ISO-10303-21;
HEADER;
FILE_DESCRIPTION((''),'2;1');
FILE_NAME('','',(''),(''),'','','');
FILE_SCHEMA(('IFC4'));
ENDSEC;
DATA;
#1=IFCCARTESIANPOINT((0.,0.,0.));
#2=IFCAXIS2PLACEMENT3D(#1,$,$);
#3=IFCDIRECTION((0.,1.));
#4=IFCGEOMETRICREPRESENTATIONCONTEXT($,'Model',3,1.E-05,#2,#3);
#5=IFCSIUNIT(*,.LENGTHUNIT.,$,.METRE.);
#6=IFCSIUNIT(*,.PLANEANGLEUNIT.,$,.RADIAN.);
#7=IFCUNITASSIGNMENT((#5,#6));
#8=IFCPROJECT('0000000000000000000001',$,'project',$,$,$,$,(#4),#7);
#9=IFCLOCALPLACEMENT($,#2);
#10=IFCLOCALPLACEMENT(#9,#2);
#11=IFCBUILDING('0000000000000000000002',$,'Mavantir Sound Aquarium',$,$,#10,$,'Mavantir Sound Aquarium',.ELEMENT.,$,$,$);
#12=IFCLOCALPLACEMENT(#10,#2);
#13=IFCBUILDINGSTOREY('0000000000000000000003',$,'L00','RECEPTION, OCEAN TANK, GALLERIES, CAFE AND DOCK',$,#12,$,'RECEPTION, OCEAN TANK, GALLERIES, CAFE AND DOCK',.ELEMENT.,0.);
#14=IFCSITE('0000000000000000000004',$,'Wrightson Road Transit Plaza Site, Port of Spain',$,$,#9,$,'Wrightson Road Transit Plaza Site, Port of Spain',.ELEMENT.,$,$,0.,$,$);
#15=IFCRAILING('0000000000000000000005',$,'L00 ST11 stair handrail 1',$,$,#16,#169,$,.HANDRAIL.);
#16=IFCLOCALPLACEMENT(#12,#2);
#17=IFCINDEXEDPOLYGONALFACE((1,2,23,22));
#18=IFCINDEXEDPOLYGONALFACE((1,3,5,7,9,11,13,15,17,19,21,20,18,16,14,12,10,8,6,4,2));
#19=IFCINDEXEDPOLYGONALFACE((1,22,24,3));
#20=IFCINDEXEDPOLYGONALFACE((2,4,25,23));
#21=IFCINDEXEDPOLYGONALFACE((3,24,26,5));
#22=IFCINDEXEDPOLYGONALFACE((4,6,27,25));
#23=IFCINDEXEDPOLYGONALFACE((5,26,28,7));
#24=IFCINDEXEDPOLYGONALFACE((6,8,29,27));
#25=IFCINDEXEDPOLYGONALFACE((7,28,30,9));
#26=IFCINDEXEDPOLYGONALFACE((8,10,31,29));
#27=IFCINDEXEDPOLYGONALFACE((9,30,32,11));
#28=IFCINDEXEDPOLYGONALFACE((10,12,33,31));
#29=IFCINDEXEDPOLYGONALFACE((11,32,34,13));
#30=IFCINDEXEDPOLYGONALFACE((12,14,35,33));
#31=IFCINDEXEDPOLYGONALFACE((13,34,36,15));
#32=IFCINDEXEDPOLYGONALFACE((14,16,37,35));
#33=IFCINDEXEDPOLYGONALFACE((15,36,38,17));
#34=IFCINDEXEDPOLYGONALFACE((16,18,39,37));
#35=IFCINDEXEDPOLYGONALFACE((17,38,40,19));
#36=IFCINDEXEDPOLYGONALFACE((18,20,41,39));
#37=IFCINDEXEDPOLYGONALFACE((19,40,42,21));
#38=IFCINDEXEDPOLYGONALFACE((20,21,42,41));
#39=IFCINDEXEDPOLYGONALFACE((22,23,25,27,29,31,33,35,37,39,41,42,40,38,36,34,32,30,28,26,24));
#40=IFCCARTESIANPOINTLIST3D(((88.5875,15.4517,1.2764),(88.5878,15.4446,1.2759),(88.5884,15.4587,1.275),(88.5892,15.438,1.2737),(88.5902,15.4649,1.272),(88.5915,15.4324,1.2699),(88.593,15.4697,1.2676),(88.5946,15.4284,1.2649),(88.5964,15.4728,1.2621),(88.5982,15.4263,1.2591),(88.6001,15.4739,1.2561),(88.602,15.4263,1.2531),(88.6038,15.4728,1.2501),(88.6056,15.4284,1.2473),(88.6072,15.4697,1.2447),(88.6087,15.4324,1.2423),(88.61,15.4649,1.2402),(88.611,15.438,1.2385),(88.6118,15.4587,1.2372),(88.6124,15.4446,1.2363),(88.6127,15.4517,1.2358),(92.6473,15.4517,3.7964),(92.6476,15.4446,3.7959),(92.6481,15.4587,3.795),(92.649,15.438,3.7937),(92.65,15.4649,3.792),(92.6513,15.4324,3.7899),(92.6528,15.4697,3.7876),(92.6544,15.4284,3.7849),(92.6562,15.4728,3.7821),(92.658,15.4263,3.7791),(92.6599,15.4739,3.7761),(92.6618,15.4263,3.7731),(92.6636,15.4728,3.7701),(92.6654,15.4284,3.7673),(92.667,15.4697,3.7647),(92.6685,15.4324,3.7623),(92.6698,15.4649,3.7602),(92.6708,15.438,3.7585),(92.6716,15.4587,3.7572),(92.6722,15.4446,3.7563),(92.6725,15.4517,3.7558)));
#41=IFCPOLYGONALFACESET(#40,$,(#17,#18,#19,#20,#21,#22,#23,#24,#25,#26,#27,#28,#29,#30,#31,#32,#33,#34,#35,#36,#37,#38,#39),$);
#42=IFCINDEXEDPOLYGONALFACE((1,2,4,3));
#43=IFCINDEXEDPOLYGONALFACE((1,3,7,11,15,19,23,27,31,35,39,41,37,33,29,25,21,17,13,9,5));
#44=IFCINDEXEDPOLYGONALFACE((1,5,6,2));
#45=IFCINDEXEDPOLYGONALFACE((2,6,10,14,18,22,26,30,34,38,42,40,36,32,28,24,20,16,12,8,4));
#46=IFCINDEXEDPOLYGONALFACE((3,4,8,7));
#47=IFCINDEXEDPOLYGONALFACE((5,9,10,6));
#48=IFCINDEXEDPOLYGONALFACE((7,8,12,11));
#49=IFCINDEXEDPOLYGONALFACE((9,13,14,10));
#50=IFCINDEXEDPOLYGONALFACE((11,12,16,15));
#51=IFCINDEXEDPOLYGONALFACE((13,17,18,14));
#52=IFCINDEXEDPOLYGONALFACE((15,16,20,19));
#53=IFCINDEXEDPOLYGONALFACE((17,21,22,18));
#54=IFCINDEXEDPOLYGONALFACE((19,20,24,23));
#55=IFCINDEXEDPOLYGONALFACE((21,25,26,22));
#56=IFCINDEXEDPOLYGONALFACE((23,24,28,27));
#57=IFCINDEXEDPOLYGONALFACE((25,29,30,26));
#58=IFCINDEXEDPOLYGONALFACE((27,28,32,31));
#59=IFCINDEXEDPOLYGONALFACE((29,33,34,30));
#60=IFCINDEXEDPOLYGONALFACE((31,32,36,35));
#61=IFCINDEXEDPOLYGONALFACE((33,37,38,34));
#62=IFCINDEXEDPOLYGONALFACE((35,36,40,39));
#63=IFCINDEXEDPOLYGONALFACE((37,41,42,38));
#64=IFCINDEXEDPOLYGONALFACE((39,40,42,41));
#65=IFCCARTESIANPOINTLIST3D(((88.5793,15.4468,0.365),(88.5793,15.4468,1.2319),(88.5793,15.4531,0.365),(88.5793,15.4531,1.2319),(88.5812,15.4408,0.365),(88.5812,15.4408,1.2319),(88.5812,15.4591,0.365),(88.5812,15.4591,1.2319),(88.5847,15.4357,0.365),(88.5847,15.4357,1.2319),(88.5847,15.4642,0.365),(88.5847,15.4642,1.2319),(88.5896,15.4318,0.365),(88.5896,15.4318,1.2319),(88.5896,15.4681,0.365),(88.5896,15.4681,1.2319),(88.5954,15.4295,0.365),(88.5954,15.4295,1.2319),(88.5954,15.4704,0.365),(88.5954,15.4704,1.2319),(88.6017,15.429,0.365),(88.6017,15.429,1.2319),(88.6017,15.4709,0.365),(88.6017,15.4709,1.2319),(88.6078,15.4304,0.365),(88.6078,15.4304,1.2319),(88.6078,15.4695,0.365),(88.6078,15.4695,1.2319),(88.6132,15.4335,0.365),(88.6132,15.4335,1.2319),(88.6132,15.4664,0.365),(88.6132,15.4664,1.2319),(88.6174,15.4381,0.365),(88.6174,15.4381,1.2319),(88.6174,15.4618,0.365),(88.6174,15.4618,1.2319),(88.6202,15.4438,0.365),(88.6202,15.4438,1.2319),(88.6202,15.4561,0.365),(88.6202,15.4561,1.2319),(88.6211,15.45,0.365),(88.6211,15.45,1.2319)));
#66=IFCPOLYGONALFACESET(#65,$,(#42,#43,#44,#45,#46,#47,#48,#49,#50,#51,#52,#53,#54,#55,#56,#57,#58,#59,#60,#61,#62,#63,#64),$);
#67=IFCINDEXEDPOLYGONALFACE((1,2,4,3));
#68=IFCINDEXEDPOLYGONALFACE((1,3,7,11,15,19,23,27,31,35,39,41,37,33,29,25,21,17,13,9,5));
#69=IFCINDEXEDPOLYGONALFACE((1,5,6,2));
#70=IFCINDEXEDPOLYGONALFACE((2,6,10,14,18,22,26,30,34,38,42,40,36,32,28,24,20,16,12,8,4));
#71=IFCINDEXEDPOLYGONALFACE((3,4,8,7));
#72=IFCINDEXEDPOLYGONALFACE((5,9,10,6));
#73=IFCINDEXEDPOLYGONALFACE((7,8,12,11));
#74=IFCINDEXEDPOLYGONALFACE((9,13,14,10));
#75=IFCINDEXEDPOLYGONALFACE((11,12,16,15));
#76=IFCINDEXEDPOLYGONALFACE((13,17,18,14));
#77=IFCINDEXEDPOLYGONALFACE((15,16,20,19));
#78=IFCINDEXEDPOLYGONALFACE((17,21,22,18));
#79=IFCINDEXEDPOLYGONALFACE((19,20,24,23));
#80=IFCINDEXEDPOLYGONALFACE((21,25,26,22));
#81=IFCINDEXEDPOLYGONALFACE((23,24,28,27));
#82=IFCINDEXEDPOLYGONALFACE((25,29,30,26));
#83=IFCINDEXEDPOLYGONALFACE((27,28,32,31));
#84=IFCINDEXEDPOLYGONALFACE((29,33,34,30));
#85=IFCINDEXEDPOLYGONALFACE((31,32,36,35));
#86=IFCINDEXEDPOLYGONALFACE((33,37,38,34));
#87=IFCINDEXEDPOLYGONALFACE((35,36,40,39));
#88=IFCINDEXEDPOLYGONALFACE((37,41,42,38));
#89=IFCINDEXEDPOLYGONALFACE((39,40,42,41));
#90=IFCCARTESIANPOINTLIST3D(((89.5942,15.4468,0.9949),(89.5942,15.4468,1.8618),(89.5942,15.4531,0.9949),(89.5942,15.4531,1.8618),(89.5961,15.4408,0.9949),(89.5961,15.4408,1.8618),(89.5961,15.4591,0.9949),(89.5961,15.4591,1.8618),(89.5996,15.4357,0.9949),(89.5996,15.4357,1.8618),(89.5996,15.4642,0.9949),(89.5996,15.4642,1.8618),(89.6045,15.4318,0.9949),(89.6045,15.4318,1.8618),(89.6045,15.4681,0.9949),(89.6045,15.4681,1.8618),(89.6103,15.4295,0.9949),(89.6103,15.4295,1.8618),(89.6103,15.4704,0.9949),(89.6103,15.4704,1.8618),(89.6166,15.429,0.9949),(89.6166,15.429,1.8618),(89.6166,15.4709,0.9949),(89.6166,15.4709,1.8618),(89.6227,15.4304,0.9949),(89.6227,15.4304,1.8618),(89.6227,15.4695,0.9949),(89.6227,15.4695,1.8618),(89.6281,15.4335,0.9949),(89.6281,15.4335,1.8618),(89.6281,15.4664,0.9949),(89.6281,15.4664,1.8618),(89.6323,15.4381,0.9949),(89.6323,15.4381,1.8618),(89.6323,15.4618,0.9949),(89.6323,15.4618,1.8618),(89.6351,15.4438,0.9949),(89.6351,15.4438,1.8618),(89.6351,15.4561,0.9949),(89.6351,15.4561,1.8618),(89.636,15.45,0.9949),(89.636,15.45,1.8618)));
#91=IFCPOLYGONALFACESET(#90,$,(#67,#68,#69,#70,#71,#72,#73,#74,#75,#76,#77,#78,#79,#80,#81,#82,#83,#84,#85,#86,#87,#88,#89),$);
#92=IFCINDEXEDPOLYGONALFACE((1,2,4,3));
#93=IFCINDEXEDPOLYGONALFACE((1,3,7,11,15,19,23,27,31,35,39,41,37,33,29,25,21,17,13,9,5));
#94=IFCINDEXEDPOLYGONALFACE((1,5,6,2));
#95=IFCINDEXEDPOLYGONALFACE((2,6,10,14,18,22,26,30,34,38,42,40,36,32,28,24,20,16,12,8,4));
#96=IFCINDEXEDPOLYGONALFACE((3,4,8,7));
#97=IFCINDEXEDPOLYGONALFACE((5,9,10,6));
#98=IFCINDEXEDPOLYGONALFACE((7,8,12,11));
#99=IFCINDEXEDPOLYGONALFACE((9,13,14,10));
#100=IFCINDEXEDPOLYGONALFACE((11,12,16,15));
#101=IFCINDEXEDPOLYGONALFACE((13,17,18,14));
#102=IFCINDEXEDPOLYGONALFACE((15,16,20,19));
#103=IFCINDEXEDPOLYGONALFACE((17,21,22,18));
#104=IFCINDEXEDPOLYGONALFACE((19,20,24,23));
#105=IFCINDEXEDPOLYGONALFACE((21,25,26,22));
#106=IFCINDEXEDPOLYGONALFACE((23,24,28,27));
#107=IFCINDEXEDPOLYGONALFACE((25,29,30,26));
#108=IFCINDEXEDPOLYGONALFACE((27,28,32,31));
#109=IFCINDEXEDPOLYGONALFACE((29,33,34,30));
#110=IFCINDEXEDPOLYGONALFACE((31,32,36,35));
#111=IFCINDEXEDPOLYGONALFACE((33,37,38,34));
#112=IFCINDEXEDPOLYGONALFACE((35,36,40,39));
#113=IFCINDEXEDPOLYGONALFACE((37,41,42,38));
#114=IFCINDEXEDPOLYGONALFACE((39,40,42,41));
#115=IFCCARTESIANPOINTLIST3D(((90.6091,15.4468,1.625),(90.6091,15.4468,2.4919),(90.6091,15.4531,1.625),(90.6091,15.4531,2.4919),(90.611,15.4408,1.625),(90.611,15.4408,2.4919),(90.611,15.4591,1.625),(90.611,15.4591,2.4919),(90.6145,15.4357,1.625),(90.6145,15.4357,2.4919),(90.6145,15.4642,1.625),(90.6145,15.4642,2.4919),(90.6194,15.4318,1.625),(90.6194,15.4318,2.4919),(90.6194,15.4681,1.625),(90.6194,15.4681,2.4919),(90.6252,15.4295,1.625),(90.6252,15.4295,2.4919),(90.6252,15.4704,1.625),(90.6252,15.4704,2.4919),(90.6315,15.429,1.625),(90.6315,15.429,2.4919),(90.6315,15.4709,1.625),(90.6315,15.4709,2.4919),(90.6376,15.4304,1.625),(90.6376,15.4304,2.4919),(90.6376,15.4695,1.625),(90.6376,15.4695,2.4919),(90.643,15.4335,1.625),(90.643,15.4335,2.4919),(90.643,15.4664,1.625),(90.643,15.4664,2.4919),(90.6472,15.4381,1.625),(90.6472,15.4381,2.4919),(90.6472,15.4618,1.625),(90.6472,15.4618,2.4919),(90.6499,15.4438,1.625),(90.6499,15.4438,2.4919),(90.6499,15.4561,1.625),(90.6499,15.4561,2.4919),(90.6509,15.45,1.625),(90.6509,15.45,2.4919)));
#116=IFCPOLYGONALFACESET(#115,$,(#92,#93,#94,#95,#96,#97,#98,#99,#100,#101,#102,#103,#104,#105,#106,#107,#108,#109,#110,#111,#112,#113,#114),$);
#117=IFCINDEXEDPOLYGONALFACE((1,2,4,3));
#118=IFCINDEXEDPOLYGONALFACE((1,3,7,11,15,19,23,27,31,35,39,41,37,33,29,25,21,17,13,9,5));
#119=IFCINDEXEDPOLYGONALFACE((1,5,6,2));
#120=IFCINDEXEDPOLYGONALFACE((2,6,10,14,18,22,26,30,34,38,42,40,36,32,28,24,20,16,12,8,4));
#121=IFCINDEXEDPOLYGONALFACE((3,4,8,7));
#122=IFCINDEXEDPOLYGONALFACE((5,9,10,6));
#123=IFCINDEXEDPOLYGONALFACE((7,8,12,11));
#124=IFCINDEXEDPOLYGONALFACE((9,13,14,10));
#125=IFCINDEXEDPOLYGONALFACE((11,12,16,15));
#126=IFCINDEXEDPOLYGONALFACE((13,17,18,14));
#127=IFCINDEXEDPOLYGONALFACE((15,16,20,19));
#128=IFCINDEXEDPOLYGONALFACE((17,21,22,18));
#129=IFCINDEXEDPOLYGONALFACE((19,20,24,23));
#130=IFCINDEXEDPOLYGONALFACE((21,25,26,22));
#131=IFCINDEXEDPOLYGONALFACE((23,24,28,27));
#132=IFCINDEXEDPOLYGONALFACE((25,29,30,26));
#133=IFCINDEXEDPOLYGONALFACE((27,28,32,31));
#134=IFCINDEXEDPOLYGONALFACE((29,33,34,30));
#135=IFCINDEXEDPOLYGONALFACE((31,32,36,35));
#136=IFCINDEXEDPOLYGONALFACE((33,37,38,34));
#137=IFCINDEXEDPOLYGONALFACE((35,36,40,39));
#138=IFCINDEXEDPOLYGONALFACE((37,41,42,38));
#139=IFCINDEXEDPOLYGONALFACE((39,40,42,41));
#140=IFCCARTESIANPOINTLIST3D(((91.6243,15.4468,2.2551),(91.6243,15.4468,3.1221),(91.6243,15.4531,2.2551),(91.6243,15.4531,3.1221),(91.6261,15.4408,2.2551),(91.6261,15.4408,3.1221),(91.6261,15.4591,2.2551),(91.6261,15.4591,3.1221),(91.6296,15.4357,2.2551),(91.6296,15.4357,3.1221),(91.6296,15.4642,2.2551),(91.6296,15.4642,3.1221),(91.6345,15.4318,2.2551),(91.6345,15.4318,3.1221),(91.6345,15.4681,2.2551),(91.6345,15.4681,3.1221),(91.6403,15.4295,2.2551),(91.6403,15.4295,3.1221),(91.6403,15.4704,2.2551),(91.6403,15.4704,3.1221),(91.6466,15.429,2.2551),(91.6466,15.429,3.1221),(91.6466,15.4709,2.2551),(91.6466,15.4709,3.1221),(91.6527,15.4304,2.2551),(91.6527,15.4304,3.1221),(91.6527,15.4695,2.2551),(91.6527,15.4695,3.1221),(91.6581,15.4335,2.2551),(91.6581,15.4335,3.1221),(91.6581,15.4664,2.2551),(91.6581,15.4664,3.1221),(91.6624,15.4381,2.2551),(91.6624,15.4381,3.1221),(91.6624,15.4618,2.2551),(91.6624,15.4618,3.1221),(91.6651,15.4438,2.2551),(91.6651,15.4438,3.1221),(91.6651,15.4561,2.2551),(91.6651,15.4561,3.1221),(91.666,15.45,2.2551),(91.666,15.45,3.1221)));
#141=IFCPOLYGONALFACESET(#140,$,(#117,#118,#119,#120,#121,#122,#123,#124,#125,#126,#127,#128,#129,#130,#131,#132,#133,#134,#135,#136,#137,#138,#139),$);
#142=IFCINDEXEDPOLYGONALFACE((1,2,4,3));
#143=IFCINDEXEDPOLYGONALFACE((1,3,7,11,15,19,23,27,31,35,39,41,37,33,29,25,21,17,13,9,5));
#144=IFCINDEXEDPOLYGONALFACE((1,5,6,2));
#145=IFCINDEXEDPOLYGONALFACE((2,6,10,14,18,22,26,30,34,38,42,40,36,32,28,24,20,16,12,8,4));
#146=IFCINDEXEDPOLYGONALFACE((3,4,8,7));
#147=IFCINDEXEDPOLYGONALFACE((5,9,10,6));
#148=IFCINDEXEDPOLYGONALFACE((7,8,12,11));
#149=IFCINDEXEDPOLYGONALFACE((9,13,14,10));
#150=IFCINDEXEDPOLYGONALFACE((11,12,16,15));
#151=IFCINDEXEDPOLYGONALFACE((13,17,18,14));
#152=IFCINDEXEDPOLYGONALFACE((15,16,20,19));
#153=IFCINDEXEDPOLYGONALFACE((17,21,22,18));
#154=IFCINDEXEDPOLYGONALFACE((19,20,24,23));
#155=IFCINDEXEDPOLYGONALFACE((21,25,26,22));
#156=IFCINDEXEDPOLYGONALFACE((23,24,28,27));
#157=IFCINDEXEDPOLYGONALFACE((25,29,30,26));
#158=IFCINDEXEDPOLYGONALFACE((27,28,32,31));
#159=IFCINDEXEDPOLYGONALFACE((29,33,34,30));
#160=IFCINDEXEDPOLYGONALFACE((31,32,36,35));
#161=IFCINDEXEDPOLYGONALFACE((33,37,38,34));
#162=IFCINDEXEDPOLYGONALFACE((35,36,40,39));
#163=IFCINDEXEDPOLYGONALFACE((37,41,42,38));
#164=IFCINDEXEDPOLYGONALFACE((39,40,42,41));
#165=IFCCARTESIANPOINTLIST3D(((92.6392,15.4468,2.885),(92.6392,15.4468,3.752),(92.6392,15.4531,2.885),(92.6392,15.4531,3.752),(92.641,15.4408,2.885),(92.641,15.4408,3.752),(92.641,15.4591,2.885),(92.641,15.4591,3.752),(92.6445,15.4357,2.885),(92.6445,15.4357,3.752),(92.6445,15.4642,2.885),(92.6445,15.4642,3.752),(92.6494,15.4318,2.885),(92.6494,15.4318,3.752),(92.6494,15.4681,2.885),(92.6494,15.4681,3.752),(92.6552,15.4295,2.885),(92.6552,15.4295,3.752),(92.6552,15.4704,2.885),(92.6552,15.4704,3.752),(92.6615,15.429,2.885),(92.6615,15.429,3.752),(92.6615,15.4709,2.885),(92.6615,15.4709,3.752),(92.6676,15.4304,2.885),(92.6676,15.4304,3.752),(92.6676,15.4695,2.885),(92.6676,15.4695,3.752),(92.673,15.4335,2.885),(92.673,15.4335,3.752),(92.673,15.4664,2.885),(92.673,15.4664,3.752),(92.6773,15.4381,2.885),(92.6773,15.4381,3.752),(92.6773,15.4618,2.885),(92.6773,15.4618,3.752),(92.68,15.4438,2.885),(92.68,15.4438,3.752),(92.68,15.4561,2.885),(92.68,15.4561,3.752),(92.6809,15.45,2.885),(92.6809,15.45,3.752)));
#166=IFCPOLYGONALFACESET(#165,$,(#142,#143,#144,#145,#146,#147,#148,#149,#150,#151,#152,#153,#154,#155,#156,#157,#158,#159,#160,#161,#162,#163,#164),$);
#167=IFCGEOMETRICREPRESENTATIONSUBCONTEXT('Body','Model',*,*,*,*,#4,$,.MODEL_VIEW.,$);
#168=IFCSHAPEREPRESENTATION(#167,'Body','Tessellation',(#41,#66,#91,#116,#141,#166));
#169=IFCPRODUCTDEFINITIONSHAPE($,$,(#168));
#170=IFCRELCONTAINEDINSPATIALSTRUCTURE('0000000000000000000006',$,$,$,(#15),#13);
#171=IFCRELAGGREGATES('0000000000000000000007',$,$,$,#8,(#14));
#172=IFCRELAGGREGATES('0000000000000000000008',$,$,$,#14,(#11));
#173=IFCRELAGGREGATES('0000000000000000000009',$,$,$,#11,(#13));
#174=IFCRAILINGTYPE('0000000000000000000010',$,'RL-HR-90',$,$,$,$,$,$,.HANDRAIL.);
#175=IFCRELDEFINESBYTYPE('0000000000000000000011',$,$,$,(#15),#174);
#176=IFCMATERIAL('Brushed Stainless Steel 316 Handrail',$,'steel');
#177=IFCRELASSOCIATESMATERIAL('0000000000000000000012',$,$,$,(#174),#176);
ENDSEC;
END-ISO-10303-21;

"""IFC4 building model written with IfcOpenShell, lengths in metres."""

from ifc_helpers import new_model, si_unit, direction, frame, origin, origin_2d, place, context, subcontext, project, spatial, circle, extrude, material, type_object, element, save


model = new_model("IFC4")

# Units and contexts
model_context = context("Model", 3, precision=1e-05, world=origin(), true_north=direction((0.0, 1.0)))
body_context = subcontext(model_context, "Body", "Model", "MODEL_VIEW")
ifc_project = project(units=[si_unit("LENGTHUNIT", "METRE"), si_unit("PLANEANGLEUNIT", "RADIAN")], contexts=[model_context])

# Site, building, storey
site_placement = place(None, origin())
site = spatial("IfcSite", under=ifc_project, at=site_placement, Name="Wrightson Road Transit Plaza Site, Port of Spain", LongName="Wrightson Road Transit Plaza Site, Port of Spain", CompositionType="ELEMENT", RefElevation=0.0)
building_placement = place(site_placement, origin())
building = spatial("IfcBuilding", under=site, at=building_placement, Name="Mavantir Sound Aquarium", LongName="Mavantir Sound Aquarium", CompositionType="ELEMENT")
storey_placement = place(building_placement, origin())
storey = spatial("IfcBuildingStorey", under=building, at=storey_placement, Name="L00", Description="RECEPTION, OCEAN TANK, GALLERIES, CAFE AND DOCK", LongName="RECEPTION, OCEAN TANK, GALLERIES, CAFE AND DOCK", CompositionType="ELEMENT", Elevation=0.0)

# Railing
ifc_material_1 = material(Name="Brushed Stainless Steel 316 Handrail", Category="steel")
railing_type_1 = type_object("IfcRailingType", Name="RL-HR-90", PredefinedType="HANDRAIL", material=ifc_material_1)
railing_1_placement = place(storey_placement, frame((88.6001, 15.45, 0.365)))
element("IfcRailing", 1, at=railing_1_placement, inside=storey, type_object=railing_type_1, Name="L00 ST11 stair handrail 1", PredefinedType="HANDRAIL", context=body_context, shape_type="SweptSolid", body=[
    extrude(circle(Radius=0.0239, at=origin_2d()), frame((0.0, 0.0, 0.8911), z_axis=(0.849628, 0.0, 0.527383), x_axis=(0.0, 1.0, 0.0)), (0.0, 0.0, 1.0), 4.7783),
    extrude(circle(Radius=0.021, at=origin_2d()), origin(), (0.0, 0.0, 1.0), 0.8669),
    extrude(circle(Radius=0.021, at=origin_2d()), frame((1.0149, 0.0, 0.6299)), (0.0, 0.0, 1.0), 0.8669),
    extrude(circle(Radius=0.021, at=origin_2d()), frame((2.0298, 0.0, 1.26)), (0.0, 0.0, 1.0), 0.8669),
    extrude(circle(Radius=0.021, at=origin_2d()), frame((3.0449, 0.0, 1.8901)), (0.0, 0.0, 1.0), 0.8669),
    extrude(circle(Radius=0.021, at=origin_2d()), frame((4.0598, 0.0, 2.52)), (0.0, 0.0, 1.0), 0.8669),
])

save(model, "model.ifc")
